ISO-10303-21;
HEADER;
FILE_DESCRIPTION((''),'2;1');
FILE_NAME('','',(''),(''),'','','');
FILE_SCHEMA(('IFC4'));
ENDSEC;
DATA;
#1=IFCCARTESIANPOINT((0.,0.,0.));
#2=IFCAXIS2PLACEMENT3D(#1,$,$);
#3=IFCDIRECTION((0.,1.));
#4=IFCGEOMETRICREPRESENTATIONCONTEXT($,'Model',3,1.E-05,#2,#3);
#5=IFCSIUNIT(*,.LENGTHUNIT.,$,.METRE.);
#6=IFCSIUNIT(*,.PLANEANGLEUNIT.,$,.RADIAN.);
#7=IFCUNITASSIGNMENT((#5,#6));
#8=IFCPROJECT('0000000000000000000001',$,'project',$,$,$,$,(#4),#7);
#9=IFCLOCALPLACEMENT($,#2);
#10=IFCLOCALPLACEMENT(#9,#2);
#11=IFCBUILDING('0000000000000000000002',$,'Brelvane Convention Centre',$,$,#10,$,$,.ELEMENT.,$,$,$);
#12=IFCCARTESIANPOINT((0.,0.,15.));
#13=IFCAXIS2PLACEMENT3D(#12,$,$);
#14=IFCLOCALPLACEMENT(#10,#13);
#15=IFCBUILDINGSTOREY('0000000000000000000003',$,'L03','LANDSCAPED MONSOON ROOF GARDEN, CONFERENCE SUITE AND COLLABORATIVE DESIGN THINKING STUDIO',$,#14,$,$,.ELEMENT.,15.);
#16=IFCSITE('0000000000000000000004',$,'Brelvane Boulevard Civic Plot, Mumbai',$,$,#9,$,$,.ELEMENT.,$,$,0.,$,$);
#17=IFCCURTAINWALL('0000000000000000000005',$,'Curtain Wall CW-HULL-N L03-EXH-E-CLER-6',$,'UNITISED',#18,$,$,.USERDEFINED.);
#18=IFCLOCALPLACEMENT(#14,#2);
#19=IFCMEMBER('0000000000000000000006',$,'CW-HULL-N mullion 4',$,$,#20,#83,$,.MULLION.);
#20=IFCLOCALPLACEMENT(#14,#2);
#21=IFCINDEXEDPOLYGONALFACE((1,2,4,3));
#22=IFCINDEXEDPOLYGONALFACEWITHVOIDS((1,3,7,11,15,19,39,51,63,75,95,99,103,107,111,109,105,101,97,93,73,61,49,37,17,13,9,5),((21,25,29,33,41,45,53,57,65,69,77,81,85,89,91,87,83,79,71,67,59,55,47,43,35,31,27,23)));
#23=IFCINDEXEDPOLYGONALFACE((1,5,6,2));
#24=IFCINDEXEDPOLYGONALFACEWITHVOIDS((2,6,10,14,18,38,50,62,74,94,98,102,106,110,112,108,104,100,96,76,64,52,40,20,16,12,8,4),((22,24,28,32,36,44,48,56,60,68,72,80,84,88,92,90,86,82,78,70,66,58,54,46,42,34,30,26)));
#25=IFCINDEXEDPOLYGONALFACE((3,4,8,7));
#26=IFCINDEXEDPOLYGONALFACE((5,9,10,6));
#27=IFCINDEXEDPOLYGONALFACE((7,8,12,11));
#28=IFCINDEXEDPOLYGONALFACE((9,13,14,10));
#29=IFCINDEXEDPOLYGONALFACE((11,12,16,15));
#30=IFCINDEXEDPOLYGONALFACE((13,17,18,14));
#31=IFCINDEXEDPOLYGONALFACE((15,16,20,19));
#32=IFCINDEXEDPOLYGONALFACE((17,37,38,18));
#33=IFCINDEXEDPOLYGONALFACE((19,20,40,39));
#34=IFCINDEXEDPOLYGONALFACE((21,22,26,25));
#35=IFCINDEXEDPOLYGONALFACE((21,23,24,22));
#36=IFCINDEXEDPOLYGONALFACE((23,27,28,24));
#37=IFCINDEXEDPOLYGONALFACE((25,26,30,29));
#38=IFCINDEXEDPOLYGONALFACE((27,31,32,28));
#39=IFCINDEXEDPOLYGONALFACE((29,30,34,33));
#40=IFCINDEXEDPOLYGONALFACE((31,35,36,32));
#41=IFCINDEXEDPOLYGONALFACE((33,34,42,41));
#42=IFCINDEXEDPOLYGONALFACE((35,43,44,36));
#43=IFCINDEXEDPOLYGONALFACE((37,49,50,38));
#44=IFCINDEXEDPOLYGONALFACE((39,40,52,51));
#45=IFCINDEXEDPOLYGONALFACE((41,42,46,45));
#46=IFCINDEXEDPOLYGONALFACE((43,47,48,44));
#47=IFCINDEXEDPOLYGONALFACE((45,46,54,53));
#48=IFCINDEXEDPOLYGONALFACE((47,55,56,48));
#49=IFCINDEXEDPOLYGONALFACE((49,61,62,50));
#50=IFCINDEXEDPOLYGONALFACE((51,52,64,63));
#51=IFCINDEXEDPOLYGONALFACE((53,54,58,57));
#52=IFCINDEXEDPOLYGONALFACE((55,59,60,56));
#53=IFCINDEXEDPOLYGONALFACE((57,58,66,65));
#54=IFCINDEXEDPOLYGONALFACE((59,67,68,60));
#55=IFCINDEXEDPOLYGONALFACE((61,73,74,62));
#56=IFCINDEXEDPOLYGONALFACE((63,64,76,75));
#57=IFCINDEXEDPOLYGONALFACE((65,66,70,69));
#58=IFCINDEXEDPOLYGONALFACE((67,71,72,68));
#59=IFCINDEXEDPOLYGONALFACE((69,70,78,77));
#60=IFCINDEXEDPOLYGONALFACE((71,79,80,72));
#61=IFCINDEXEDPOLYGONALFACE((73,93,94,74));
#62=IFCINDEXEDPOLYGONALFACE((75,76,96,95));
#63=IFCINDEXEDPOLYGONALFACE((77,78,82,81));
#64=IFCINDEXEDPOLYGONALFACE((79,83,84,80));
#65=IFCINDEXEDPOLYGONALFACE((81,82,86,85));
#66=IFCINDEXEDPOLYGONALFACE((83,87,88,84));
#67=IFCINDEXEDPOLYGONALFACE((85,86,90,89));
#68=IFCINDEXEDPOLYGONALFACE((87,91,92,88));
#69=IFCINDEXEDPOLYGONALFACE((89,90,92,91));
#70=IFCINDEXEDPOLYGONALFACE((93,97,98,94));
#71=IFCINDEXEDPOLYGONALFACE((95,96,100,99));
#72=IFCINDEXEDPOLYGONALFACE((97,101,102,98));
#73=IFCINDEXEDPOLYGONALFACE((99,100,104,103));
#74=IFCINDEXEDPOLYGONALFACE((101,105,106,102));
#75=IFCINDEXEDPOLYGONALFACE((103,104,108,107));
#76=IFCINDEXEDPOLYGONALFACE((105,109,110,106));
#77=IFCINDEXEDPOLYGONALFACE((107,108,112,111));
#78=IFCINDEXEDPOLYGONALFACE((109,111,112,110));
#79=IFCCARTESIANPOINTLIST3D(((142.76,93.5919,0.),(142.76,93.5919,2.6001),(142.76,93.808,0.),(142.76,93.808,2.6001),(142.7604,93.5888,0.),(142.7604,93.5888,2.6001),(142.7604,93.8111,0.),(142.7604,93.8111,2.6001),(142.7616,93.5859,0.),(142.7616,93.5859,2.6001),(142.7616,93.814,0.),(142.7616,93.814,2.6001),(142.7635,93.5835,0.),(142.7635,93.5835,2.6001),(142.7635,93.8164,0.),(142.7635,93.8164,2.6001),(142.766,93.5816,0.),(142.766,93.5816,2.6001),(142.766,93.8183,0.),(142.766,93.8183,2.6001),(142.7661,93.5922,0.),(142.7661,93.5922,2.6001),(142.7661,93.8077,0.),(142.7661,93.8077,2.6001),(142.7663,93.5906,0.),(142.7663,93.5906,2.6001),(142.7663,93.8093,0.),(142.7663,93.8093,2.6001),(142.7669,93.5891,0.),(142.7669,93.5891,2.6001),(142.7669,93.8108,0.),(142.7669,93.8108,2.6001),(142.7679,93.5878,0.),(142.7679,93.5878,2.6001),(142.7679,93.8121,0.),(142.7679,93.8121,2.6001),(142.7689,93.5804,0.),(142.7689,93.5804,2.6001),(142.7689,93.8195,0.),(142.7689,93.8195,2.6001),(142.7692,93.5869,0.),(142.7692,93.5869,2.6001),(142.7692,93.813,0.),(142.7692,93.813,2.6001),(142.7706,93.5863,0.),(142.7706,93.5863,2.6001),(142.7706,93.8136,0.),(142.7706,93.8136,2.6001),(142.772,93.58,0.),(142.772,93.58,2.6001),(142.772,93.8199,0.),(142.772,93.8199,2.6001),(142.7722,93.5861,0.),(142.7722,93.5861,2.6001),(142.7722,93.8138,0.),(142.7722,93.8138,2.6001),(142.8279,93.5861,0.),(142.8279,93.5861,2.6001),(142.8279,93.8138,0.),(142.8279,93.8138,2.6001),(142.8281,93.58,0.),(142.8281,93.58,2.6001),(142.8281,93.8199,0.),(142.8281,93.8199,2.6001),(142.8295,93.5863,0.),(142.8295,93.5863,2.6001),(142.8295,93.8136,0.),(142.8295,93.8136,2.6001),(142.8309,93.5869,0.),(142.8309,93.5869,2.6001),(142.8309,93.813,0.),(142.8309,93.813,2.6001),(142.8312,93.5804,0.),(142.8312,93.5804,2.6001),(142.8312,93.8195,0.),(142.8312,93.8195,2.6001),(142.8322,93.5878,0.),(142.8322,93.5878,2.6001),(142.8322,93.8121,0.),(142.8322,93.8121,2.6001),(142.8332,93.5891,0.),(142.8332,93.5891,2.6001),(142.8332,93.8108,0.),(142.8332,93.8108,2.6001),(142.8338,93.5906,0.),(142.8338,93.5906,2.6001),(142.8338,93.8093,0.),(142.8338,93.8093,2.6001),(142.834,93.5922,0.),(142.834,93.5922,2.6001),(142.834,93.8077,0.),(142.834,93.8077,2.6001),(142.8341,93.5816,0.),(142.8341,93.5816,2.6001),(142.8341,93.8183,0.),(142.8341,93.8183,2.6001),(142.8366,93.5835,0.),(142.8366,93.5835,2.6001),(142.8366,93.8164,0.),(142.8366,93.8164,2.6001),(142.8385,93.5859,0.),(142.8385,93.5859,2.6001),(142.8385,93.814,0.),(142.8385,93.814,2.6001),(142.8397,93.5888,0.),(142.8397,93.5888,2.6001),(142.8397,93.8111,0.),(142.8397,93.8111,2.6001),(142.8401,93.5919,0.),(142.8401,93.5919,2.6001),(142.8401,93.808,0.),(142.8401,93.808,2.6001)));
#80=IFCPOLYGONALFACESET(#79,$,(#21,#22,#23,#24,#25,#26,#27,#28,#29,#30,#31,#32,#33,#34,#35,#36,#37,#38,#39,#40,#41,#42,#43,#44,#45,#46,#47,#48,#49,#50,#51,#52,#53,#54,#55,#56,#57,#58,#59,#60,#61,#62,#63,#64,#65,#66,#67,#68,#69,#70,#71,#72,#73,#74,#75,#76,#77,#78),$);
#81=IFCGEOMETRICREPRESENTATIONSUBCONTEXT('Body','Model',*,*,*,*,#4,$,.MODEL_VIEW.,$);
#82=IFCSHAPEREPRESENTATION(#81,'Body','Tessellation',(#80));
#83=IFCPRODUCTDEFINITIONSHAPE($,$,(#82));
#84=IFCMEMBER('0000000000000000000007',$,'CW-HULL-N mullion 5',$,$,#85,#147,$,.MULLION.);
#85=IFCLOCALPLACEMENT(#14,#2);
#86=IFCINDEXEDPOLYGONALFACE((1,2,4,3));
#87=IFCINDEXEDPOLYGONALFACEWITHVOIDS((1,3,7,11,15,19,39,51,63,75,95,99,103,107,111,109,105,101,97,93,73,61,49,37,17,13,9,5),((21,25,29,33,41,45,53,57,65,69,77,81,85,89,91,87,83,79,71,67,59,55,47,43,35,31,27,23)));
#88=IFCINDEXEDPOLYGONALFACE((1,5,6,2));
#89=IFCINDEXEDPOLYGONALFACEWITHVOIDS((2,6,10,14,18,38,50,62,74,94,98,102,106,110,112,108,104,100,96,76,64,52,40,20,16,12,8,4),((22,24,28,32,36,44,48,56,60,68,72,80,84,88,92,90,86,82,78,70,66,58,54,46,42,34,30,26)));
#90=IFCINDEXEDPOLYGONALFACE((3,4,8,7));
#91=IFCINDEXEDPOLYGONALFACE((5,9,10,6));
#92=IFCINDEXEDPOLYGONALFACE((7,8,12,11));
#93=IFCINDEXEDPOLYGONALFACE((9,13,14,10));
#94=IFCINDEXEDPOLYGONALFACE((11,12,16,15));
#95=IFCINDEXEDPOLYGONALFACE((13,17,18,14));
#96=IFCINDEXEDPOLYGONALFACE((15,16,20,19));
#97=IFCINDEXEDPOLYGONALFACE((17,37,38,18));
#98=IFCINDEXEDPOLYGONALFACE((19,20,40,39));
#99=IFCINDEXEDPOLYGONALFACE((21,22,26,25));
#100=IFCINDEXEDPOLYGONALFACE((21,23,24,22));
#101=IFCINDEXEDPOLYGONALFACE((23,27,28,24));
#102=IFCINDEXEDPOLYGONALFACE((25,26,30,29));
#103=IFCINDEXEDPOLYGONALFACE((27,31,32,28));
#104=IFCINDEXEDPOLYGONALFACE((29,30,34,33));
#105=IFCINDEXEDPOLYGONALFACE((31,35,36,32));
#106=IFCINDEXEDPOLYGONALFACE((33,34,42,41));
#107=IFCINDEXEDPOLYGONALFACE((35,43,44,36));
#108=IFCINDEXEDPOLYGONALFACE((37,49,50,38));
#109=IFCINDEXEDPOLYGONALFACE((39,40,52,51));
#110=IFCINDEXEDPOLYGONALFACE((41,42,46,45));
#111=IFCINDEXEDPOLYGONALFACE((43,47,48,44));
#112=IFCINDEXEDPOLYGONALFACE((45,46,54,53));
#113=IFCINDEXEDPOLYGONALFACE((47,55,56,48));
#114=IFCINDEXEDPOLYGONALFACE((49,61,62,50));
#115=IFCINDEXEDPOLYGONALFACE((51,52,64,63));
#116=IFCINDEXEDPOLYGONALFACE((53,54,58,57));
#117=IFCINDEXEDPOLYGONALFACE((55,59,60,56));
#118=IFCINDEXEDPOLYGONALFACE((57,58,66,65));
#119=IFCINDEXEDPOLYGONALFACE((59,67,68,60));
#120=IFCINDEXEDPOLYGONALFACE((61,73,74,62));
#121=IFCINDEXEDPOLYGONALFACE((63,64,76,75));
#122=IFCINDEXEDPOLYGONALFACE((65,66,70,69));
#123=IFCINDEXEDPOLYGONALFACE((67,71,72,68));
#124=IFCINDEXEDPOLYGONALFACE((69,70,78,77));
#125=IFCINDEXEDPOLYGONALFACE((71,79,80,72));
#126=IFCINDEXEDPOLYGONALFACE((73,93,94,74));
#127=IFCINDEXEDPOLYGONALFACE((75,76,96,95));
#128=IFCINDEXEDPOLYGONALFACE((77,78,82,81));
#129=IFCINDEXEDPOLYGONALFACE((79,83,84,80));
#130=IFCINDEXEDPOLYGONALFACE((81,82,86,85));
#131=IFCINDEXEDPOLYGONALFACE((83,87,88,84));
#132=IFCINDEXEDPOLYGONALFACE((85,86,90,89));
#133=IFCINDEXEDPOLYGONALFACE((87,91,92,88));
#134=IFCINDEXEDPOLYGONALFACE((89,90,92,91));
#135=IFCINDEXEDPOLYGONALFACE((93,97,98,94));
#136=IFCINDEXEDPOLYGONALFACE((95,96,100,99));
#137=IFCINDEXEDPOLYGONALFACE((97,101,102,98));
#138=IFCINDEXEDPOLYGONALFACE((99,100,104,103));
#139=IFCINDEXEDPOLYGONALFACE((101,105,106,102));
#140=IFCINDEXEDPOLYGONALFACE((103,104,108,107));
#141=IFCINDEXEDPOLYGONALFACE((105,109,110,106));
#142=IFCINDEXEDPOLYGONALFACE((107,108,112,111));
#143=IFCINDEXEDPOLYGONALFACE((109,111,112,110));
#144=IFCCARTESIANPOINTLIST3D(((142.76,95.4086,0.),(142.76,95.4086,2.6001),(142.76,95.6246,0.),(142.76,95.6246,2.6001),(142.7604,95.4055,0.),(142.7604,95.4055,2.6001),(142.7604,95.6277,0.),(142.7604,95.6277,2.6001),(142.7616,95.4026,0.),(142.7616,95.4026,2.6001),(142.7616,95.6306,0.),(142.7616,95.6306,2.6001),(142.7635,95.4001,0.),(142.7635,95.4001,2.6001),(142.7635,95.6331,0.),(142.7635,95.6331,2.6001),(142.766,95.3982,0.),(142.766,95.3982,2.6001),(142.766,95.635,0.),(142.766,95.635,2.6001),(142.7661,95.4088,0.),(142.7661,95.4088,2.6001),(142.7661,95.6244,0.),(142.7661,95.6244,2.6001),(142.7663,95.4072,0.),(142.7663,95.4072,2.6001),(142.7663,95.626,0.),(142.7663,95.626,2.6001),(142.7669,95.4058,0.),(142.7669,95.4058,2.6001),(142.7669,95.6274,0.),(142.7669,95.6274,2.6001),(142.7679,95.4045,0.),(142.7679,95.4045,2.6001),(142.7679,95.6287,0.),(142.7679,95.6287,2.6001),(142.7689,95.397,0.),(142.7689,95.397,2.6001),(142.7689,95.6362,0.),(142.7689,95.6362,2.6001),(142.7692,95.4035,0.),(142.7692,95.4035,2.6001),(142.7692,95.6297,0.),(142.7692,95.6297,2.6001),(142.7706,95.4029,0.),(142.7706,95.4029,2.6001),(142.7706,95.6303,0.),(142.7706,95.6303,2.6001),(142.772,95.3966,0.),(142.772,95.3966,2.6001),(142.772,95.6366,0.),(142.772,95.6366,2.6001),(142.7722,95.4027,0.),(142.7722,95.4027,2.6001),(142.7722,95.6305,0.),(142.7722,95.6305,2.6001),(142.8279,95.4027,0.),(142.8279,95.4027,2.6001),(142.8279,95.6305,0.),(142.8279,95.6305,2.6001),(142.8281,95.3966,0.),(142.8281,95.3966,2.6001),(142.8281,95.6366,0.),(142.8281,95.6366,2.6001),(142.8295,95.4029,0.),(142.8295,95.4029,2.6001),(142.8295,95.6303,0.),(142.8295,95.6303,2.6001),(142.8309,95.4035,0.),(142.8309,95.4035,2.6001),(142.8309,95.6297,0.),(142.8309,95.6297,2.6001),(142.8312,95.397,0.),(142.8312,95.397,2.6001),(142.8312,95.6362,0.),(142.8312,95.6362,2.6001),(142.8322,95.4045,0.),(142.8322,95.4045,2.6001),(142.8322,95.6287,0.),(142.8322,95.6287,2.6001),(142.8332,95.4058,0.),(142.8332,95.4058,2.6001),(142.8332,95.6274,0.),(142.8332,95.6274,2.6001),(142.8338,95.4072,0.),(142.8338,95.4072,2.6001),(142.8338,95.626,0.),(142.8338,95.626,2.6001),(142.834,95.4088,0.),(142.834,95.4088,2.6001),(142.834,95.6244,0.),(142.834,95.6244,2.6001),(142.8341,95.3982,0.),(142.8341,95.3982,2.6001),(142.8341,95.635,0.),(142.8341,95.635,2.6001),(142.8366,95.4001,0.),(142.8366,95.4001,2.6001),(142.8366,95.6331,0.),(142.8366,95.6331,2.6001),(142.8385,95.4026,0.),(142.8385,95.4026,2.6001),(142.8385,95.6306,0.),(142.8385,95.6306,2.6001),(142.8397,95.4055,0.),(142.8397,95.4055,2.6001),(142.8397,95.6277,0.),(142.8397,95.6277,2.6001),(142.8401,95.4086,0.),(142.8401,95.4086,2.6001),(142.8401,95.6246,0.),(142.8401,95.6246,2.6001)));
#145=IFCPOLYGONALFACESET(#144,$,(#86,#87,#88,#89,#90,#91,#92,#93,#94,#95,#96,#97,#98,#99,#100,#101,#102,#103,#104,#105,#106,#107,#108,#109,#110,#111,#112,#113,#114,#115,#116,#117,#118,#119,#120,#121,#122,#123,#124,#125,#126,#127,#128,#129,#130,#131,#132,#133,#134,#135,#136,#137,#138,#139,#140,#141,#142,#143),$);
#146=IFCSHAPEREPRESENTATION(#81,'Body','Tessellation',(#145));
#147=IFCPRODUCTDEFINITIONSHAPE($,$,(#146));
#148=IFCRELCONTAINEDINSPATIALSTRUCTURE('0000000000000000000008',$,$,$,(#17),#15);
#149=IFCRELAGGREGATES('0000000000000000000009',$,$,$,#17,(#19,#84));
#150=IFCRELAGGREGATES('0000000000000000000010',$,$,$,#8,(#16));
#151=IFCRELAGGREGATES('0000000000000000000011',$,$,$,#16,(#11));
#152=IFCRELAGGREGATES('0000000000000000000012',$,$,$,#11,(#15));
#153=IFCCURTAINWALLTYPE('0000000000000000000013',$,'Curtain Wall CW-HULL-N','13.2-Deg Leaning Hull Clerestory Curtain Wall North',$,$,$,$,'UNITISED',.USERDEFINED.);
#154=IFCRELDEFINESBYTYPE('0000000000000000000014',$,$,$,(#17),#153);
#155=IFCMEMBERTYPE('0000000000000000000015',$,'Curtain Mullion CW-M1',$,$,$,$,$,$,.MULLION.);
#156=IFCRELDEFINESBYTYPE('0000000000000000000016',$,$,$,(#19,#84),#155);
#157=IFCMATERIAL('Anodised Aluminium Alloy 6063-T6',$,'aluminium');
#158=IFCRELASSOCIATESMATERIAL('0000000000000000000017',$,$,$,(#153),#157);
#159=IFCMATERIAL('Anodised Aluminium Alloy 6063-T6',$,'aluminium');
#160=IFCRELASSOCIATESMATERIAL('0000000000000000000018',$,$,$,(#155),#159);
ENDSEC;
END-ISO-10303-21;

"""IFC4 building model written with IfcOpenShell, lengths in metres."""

from ifc_helpers import new_model, si_unit, direction, frame, origin, origin_2d, place, context, subcontext, project, spatial, hollow_rectangle, extrude, material, material_profile, profile_set, type_object, element, aggregate, save


model = new_model("IFC4")

# Units and contexts
model_context = context("Model", 3, precision=1e-05, world=origin(), true_north=direction((0.0, 1.0)))
body_context = subcontext(model_context, "Body", "Model", "MODEL_VIEW")
ifc_project = project(units=[si_unit("LENGTHUNIT", "METRE"), si_unit("PLANEANGLEUNIT", "RADIAN")], contexts=[model_context])

# Site, building, storey
site_placement = place(None, origin())
site = spatial("IfcSite", under=ifc_project, at=site_placement, Name="Brelvane Boulevard Civic Plot, Mumbai", CompositionType="ELEMENT", RefElevation=0.0)
building_placement = place(site_placement, origin())
building = spatial("IfcBuilding", under=site, at=building_placement, Name="Brelvane Convention Centre", CompositionType="ELEMENT")
storey_placement = place(building_placement, frame((0.0, 0.0, 15.0)))
storey = spatial("IfcBuildingStorey", under=building, at=storey_placement, Name="L03", Description="LANDSCAPED MONSOON ROOF GARDEN, CONFERENCE SUITE AND COLLABORATIVE DESIGN THINKING STUDIO", CompositionType="ELEMENT", Elevation=15.0)

# Curtain wall, members
ifc_material_1 = material(Name="Anodised Aluminium Alloy 6063-T6", Category="aluminium")
curtain_wall_type = type_object("IfcCurtainWallType", Name="Curtain Wall CW-HULL-N", Description="13.2-Deg Leaning Hull Clerestory Curtain Wall North", ElementType="UNITISED", PredefinedType="USERDEFINED", material=ifc_material_1)
curtain_wall_placement = place(storey_placement, origin())
curtain_wall = element("IfcCurtainWall", 1, at=curtain_wall_placement, inside=storey, type_object=curtain_wall_type, Name="Curtain Wall CW-HULL-N L03-EXH-E-CLER-6", ObjectType="UNITISED", PredefinedType="USERDEFINED")
ifc_material_2 = material(Name="Anodised Aluminium Alloy 6063-T6", Category="aluminium")
ifc_material_profile_1 = material_profile(ifc_material_2, hollow_rectangle(XDim=0.0801, YDim=0.24, WallThickness=0.0061, InnerFilletRadius=0.0061, OuterFilletRadius=0.012, at=origin_2d()), Name="ALU-M 240x80x6.0")
ifc_profile_set_1 = profile_set([ifc_material_profile_1], Name="Anodised Aluminium Alloy 6063-T6")
member_type_1 = type_object("IfcMemberType", Name="Curtain Mullion CW-M1", PredefinedType="MULLION", material=ifc_profile_set_1)
member_1_placement = place(storey_placement, frame((142.8, 93.7, 0.0), z_axis=(0.0, 0.0, 1.0), x_axis=(-1.0, 0.0, 0.0)))
member_1 = element("IfcMember", 2, at=member_1_placement, type_object=member_type_1, Name="CW-HULL-N mullion 4", PredefinedType="MULLION", context=body_context, shape_type="SweptSolid", body=[
    extrude(hollow_rectangle(XDim=0.0801, YDim=0.24, WallThickness=0.0061, InnerFilletRadius=0.0061, OuterFilletRadius=0.012, at=origin_2d()), origin(), (0.0, 0.0, 1.0), 2.6001),
])
member_2_placement = place(storey_placement, frame((142.8, 95.5166, 0.0), z_axis=(0.0, 0.0, 1.0), x_axis=(-1.0, 0.0, 0.0)))
member_2 = element("IfcMember", 3, at=member_2_placement, type_object=member_type_1, Name="CW-HULL-N mullion 5", PredefinedType="MULLION", context=body_context, shape_type="SweptSolid", body=[
    extrude(hollow_rectangle(XDim=0.0801, YDim=0.24, WallThickness=0.0061, InnerFilletRadius=0.0061, OuterFilletRadius=0.012, at=origin_2d()), origin(), (0.0, 0.0, 1.0), 2.6001),
])
aggregate(curtain_wall, [member_1, member_2])

save(model, "model.ifc")
